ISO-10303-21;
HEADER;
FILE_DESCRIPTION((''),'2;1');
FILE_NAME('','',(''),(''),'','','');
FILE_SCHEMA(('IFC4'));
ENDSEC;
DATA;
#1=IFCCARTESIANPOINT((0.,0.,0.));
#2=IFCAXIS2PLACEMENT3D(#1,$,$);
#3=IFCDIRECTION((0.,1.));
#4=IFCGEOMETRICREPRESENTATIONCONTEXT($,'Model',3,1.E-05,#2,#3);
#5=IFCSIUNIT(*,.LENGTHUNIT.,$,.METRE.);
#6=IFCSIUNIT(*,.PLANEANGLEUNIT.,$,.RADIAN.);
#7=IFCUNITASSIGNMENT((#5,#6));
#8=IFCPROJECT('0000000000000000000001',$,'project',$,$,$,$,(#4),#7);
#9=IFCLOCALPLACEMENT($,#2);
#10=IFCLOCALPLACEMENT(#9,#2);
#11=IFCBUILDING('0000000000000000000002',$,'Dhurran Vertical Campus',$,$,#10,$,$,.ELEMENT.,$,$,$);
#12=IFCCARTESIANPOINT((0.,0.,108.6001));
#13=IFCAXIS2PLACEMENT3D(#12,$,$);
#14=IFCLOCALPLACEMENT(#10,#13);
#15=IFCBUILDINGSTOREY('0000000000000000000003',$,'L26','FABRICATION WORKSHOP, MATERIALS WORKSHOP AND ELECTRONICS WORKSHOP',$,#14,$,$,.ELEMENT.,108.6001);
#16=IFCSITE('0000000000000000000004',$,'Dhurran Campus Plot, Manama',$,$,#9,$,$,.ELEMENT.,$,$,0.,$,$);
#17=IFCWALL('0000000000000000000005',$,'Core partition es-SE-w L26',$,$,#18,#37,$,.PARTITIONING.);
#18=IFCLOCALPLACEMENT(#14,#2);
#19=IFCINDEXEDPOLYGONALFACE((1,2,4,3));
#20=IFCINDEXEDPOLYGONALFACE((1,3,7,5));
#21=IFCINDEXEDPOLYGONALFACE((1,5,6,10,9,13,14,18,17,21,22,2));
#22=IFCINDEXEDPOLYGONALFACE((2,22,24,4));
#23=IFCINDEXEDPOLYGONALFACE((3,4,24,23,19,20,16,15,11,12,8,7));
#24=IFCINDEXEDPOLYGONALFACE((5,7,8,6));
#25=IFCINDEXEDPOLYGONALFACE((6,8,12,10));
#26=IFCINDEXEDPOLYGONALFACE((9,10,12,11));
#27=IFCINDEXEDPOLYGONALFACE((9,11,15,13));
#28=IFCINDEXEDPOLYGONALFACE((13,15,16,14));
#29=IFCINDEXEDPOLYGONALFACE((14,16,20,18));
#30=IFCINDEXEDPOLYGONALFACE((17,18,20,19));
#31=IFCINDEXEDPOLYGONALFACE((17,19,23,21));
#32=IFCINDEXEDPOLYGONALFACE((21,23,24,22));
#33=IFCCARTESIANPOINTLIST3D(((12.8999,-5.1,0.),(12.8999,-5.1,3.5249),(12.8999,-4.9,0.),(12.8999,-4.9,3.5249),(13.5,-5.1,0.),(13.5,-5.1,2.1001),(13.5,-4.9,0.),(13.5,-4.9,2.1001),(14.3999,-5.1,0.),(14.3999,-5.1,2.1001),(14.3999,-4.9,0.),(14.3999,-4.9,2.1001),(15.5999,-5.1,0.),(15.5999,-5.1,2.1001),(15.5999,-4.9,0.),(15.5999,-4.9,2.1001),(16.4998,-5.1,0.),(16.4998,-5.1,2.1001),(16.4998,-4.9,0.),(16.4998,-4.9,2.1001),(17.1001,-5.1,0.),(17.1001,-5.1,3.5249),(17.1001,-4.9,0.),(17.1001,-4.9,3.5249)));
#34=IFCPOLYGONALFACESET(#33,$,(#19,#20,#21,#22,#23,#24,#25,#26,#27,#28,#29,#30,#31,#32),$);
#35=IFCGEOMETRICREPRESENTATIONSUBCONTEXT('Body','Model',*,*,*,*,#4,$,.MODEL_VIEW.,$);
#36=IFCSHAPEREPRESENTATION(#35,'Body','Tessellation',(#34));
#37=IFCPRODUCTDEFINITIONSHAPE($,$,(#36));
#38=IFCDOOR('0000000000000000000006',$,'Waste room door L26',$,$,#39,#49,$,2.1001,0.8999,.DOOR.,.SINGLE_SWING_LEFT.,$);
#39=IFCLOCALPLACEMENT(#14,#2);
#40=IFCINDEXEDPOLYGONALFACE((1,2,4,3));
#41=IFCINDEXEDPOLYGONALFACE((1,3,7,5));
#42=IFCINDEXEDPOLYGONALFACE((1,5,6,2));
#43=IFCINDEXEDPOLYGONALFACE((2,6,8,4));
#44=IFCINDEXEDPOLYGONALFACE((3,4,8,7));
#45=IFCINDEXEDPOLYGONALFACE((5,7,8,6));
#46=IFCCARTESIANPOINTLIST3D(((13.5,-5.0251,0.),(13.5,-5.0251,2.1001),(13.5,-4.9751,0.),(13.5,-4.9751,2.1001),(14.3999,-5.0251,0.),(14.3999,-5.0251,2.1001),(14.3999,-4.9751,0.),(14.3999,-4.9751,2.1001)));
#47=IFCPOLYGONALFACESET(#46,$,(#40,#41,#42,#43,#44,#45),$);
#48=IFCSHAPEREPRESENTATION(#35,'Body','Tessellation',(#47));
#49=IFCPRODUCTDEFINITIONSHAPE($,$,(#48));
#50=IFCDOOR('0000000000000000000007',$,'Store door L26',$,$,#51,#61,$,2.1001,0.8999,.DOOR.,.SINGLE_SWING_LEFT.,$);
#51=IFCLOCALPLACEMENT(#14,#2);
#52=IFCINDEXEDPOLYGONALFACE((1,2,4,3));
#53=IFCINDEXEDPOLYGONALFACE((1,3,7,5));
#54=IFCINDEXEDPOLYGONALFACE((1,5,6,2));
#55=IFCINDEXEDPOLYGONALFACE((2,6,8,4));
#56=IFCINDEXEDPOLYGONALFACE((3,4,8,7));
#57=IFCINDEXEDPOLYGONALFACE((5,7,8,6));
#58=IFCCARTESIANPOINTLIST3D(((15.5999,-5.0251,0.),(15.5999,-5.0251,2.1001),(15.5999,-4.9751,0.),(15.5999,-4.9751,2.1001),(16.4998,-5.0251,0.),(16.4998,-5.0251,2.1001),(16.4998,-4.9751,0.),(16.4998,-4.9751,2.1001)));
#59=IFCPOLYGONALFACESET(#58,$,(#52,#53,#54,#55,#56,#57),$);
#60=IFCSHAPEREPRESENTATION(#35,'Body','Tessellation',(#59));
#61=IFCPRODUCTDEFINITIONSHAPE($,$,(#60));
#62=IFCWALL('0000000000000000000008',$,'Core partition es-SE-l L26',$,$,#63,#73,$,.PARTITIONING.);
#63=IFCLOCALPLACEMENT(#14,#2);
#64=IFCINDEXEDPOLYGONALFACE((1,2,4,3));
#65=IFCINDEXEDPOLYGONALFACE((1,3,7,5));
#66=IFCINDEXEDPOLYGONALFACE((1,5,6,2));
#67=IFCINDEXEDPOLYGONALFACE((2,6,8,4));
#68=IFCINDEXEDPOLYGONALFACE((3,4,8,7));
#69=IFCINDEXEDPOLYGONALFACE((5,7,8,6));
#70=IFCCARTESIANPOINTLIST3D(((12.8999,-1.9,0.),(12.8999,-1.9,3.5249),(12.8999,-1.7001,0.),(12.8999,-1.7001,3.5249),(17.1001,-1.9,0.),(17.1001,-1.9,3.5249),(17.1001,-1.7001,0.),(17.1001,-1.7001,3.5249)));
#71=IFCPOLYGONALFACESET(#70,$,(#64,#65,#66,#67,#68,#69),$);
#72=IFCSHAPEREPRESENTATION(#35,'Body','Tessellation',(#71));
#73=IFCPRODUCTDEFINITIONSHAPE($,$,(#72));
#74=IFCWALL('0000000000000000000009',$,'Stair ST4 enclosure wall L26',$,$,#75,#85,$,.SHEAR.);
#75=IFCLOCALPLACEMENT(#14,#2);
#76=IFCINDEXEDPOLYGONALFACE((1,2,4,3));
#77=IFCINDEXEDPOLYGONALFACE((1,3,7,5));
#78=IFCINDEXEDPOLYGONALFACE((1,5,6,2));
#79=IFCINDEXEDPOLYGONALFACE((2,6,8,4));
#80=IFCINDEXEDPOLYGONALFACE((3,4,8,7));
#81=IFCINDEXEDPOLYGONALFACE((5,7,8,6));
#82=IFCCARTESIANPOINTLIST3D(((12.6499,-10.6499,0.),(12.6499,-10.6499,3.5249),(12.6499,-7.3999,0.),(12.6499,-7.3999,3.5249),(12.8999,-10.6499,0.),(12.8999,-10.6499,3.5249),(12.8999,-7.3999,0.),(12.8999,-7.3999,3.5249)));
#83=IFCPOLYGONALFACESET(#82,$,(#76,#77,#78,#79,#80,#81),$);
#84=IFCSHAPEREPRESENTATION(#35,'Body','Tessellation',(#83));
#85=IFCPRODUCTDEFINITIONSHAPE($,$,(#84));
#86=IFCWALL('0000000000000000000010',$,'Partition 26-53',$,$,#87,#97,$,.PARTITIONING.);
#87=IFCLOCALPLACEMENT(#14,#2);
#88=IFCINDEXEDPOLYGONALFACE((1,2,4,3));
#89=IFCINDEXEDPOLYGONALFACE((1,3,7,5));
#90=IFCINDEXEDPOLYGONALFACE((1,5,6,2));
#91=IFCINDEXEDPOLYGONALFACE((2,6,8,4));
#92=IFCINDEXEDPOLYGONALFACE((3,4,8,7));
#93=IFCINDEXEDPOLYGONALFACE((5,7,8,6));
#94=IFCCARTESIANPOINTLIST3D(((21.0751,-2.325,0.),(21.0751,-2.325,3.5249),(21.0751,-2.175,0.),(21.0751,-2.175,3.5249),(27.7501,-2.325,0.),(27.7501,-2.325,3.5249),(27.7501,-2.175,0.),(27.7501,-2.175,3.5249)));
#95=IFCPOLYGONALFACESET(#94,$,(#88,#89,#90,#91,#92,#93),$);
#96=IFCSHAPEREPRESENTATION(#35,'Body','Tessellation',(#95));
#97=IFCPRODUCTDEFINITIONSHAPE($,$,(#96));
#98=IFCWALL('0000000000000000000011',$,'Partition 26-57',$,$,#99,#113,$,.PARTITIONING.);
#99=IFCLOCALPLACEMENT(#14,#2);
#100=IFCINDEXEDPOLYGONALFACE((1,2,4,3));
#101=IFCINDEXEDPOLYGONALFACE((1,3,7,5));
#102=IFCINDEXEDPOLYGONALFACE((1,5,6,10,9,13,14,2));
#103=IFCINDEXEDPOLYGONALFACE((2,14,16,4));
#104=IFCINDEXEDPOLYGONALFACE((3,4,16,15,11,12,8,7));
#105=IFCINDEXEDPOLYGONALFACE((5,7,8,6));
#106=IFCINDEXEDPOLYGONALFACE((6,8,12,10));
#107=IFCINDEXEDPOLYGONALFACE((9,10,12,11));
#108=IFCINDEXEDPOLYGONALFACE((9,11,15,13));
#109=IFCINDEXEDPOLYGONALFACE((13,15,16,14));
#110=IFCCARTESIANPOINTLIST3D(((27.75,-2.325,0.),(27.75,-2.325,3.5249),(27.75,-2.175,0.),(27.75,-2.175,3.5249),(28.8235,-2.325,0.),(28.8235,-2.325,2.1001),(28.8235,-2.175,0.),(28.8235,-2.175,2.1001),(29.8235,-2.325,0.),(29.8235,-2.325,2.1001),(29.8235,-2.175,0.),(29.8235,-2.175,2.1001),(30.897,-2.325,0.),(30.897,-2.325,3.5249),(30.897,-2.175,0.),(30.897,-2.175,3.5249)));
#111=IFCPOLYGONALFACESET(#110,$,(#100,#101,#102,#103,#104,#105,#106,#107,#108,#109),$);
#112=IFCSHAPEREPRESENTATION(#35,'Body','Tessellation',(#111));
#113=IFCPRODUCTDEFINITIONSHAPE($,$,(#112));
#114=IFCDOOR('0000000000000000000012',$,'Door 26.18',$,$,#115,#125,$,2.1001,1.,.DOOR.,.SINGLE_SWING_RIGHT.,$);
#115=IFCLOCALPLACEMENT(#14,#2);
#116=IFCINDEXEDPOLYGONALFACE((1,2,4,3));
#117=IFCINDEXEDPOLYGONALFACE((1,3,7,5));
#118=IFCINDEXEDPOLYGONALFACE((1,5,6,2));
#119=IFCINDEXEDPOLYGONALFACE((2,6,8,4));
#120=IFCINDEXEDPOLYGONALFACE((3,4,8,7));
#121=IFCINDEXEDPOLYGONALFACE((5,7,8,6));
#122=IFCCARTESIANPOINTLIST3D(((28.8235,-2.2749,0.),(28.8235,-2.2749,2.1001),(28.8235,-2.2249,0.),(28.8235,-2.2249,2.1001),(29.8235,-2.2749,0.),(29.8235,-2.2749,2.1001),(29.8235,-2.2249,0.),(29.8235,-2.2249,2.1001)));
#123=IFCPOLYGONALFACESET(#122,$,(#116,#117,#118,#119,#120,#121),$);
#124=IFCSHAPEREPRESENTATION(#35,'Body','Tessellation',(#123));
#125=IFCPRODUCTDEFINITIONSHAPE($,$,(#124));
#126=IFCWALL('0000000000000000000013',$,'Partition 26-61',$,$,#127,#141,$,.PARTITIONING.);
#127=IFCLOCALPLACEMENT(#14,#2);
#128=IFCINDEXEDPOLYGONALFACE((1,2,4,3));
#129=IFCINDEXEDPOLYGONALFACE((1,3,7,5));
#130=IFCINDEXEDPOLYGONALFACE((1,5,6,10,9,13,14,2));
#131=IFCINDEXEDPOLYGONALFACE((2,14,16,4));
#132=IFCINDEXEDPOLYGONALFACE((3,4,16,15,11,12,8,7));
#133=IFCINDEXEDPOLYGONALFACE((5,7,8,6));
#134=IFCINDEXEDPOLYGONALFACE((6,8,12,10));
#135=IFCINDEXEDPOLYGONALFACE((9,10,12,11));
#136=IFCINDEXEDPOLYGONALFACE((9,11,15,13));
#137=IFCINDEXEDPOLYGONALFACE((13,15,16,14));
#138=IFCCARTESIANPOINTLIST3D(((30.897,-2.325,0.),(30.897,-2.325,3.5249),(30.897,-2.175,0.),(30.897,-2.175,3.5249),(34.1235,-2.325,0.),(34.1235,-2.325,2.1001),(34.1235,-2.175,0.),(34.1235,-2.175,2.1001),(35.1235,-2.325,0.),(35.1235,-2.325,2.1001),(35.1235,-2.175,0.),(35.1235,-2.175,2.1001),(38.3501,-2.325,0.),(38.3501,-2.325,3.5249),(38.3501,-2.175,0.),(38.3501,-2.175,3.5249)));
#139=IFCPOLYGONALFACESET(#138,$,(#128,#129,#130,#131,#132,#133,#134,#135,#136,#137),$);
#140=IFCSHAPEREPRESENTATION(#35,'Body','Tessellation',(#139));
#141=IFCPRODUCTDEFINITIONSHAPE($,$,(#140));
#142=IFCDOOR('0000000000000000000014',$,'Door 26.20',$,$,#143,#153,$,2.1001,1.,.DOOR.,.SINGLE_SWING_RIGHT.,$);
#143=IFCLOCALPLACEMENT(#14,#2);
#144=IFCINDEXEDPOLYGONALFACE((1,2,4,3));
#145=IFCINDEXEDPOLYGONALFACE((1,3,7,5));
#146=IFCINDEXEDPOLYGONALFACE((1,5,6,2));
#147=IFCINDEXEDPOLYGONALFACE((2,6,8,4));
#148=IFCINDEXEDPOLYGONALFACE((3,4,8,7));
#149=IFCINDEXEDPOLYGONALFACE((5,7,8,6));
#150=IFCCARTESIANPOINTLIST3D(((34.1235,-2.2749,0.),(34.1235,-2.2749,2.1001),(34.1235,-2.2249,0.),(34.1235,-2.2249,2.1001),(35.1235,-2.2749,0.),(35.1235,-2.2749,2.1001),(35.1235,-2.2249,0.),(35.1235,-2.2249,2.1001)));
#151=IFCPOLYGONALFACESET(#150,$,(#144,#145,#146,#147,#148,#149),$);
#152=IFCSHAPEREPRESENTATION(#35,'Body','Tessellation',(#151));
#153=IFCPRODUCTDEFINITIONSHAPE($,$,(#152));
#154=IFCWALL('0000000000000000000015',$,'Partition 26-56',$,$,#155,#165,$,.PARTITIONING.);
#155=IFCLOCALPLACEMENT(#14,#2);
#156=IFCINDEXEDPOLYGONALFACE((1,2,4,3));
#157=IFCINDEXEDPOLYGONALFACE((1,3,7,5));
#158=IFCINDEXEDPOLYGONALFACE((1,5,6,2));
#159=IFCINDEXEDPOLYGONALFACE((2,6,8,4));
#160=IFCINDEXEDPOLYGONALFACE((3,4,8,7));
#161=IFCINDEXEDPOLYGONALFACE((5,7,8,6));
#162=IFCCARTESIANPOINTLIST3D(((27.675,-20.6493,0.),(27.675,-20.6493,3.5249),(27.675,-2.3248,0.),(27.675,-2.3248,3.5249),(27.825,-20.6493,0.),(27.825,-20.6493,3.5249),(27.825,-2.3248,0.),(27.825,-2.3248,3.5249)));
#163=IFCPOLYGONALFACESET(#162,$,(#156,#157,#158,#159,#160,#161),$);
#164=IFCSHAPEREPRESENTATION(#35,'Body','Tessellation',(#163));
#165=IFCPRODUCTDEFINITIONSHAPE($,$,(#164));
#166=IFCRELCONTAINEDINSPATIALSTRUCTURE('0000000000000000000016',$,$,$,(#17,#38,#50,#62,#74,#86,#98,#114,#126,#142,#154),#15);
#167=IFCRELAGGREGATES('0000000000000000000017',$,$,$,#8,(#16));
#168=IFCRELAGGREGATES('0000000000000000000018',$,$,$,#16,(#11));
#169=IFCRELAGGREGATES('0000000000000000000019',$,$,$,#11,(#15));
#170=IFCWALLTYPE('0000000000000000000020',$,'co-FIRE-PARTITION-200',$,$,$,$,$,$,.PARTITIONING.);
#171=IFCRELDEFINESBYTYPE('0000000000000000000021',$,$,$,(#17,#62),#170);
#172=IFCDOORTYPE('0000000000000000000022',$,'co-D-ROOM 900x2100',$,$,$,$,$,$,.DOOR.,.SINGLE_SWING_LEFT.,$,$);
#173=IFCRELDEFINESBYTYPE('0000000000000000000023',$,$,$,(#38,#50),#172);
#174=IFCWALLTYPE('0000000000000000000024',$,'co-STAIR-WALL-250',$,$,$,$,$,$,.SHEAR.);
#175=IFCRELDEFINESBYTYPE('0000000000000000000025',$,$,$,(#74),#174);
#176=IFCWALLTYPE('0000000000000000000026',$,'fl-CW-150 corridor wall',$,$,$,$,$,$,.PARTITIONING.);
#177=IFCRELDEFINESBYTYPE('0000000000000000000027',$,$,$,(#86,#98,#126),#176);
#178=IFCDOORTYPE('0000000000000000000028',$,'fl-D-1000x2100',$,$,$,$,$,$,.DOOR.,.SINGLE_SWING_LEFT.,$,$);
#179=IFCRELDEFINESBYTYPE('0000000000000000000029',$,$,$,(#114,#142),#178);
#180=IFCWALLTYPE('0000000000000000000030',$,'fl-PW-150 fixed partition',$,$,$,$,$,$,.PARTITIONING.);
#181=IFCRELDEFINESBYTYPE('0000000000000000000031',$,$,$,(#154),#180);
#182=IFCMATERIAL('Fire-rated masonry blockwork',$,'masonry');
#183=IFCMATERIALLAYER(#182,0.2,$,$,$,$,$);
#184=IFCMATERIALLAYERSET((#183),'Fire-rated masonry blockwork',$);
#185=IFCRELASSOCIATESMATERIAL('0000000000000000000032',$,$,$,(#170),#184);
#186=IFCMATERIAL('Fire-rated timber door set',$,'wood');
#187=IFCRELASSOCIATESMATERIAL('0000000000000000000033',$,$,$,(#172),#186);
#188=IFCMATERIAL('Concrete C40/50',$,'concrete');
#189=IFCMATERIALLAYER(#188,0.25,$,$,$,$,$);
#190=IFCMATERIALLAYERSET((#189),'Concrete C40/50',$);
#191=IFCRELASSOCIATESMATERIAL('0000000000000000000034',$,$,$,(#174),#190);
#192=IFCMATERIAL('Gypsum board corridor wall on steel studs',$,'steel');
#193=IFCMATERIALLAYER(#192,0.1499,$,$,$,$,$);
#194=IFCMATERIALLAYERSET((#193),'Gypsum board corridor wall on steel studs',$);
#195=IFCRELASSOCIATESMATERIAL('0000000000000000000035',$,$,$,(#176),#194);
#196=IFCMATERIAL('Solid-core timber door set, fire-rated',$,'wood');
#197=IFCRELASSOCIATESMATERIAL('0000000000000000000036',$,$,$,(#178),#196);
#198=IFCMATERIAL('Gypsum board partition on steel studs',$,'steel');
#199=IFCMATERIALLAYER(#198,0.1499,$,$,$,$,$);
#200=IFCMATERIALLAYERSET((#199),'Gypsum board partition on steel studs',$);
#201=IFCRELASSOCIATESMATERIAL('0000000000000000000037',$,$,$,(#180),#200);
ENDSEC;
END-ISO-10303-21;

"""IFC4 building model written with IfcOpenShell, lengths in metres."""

from ifc_helpers import new_model, si_unit, direction, frame, frame_2d, origin, place, context, subcontext, project, spatial, rectangle, extrude, material, layer, layer_set, type_object, element, fill, save


model = new_model("IFC4")

# Units and contexts
model_context = context("Model", 3, precision=1e-05, world=origin(), true_north=direction((0.0, 1.0)))
body_context = subcontext(model_context, "Body", "Model", "MODEL_VIEW")
ifc_project = project(units=[si_unit("LENGTHUNIT", "METRE"), si_unit("PLANEANGLEUNIT", "RADIAN")], contexts=[model_context])

# Site, building, storey
site_placement = place(None, origin())
site = spatial("IfcSite", under=ifc_project, at=site_placement, Name="Dhurran Campus Plot, Manama", CompositionType="ELEMENT", RefElevation=0.0)
building_placement = place(site_placement, origin())
building = spatial("IfcBuilding", under=site, at=building_placement, Name="Dhurran Vertical Campus", CompositionType="ELEMENT")
storey_placement = place(building_placement, frame((0.0, 0.0, 108.6001)))
storey = spatial("IfcBuildingStorey", under=building, at=storey_placement, Name="L26", Description="FABRICATION WORKSHOP, MATERIALS WORKSHOP AND ELECTRONICS WORKSHOP", CompositionType="ELEMENT", Elevation=108.6001)

# Shared definitions
ifc_material_1 = material(Name="Fire-rated masonry blockwork", Category="masonry")
ifc_layer_1 = layer(ifc_material_1, 0.2)
ifc_layer_set_1 = layer_set([ifc_layer_1], Name="Fire-rated masonry blockwork")
wall_type_1 = type_object("IfcWallType", Name="co-FIRE-PARTITION-200", PredefinedType="PARTITIONING", material=ifc_layer_set_1)

# Shared definitions
ifc_material_2 = material(Name="Fire-rated timber door set", Category="wood")
door_type_1 = type_object("IfcDoorType", Name="co-D-ROOM 900x2100", OperationType="SINGLE_SWING_LEFT", PredefinedType="DOOR", material=ifc_material_2)

# Wall, openings, doors
wall_1_placement = place(storey_placement, frame((12.8999, -5.0, 0.0), z_axis=(0.0, 0.0, 1.0), x_axis=(1.0, 0.0, 0.0)))
wall_1 = element("IfcWall", 1, at=wall_1_placement, inside=storey, type_object=wall_type_1, Name="Core partition es-SE-w L26", PredefinedType="PARTITIONING", context=body_context, shape_type="SweptSolid", body=[
    extrude(rectangle(XDim=4.2002, YDim=0.2, at=frame_2d((2.1001, 0.0))), origin(), (0.0, 0.0, 1.0), 3.5249),
])
opening_1_placement = place(wall_1_placement, frame((0.6001, 0.0, 0.0)))
opening_1 = element("IfcOpeningElement", 2, at=opening_1_placement, cuts=wall_1, PredefinedType="OPENING", context=body_context, shape_type="SweptSolid", body=[
    extrude(rectangle(XDim=0.8999, YDim=2.1001, at=frame_2d((0.45, 1.05))), frame((0.0, 0.1099, 0.0), z_axis=(0.0, -1.0, 0.0), x_axis=(1.0, 0.0, 0.0)), (0.0, 0.0, 1.0), 0.22),
])
opening_2_placement = place(wall_1_placement, frame((2.7, 0.0, 0.0)))
opening_2 = element("IfcOpeningElement", 3, at=opening_2_placement, cuts=wall_1, PredefinedType="OPENING", context=body_context, shape_type="SweptSolid", body=[
    extrude(rectangle(XDim=0.8999, YDim=2.1001, at=frame_2d((0.45, 1.05))), frame((0.0, 0.1099, 0.0), z_axis=(0.0, -1.0, 0.0), x_axis=(1.0, 0.0, 0.0)), (0.0, 0.0, 1.0), 0.22),
])
door_1_placement = place(opening_1_placement, origin())
door_1 = element("IfcDoor", 4, at=door_1_placement, inside=storey, type_object=door_type_1, Name="Waste room door L26", OperationType="SINGLE_SWING_LEFT", OverallHeight=2.1001, OverallWidth=0.8999, PredefinedType="DOOR", context=body_context, shape_type="SweptSolid", body=[
    extrude(rectangle(XDim=0.8999, YDim=2.1001, at=frame_2d((0.45, 1.05))), frame((0.0, 0.0249, 0.0), z_axis=(0.0, -1.0, 0.0), x_axis=(1.0, 0.0, 0.0)), (0.0, 0.0, 1.0), 0.05),
])
fill(opening_1, door_1)
door_2_placement = place(opening_2_placement, origin())
door_2 = element("IfcDoor", 5, at=door_2_placement, inside=storey, type_object=door_type_1, Name="Store door L26", OperationType="SINGLE_SWING_LEFT", OverallHeight=2.1001, OverallWidth=0.8999, PredefinedType="DOOR", context=body_context, shape_type="SweptSolid", body=[
    extrude(rectangle(XDim=0.8999, YDim=2.1001, at=frame_2d((0.45, 1.05))), frame((0.0, 0.0249, 0.0), z_axis=(0.0, -1.0, 0.0), x_axis=(1.0, 0.0, 0.0)), (0.0, 0.0, 1.0), 0.05),
])
fill(opening_2, door_2)

# Walls
wall_2_placement = place(storey_placement, frame((12.8999, -1.8, 0.0), z_axis=(0.0, 0.0, 1.0), x_axis=(1.0, 0.0, 0.0)))
element("IfcWall", 6, at=wall_2_placement, inside=storey, type_object=wall_type_1, Name="Core partition es-SE-l L26", PredefinedType="PARTITIONING", context=body_context, shape_type="SweptSolid", body=[
    extrude(rectangle(XDim=4.2002, YDim=0.2, at=frame_2d((2.1001, 0.0))), origin(), (0.0, 0.0, 1.0), 3.5249),
])
ifc_material_3 = material(Name="Concrete C40/50", Category="concrete")
ifc_layer_2 = layer(ifc_material_3, 0.25)
ifc_layer_set_2 = layer_set([ifc_layer_2], Name="Concrete C40/50")
wall_type_2 = type_object("IfcWallType", Name="co-STAIR-WALL-250", PredefinedType="SHEAR", material=ifc_layer_set_2)
wall_3_placement = place(storey_placement, frame((12.7749, -10.6499, 0.0), z_axis=(0.0, 0.0, 1.0), x_axis=(0.0, 1.0, 0.0)))
element("IfcWall", 7, at=wall_3_placement, inside=storey, type_object=wall_type_2, Name="Stair ST4 enclosure wall L26", PredefinedType="SHEAR", context=body_context, shape_type="SweptSolid", body=[
    extrude(rectangle(XDim=3.25, YDim=0.25, at=frame_2d((1.625, 0.0))), origin(), (0.0, 0.0, 1.0), 3.5249),
])
ifc_material_4 = material(Name="Gypsum board corridor wall on steel studs", Category="steel")
ifc_layer_3 = layer(ifc_material_4, 0.1499)
ifc_layer_set_3 = layer_set([ifc_layer_3], Name="Gypsum board corridor wall on steel studs")
wall_type_3 = type_object("IfcWallType", Name="fl-CW-150 corridor wall", PredefinedType="PARTITIONING", material=ifc_layer_set_3)
wall_4_placement = place(storey_placement, frame((27.75, -2.25, 0.0), z_axis=(0.0, 0.0, 1.0), x_axis=(-1.0, 0.0, 0.0)))
element("IfcWall", 8, at=wall_4_placement, inside=storey, type_object=wall_type_3, Name="Partition 26-53", PredefinedType="PARTITIONING", context=body_context, shape_type="SweptSolid", body=[
    extrude(rectangle(XDim=6.675, YDim=0.1499, at=frame_2d((3.3374, 0.0))), origin(), (0.0, 0.0, 1.0), 3.5249),
])

# Walls, openings, doors
wall_5_placement = place(storey_placement, frame((30.897, -2.25, 0.0), z_axis=(0.0, 0.0, 1.0), x_axis=(-1.0, 0.0, 0.0)))
wall_5 = element("IfcWall", 9, at=wall_5_placement, inside=storey, type_object=wall_type_3, Name="Partition 26-57", PredefinedType="PARTITIONING", context=body_context, shape_type="SweptSolid", body=[
    extrude(rectangle(XDim=3.147, YDim=0.1499, at=frame_2d((1.5735, 0.0))), origin(), (0.0, 0.0, 1.0), 3.5249),
])
opening_3_placement = place(wall_5_placement, frame((1.0735, 0.0, 0.0)))
opening_3 = element("IfcOpeningElement", 10, at=opening_3_placement, cuts=wall_5, PredefinedType="OPENING", context=body_context, shape_type="SweptSolid", body=[
    extrude(rectangle(XDim=1.0, YDim=2.1001, at=frame_2d((0.5, 1.05))), frame((0.0, 0.085, 0.0), z_axis=(0.0, -1.0, 0.0), x_axis=(1.0, 0.0, 0.0)), (0.0, 0.0, 1.0), 0.1699),
])
ifc_material_5 = material(Name="Solid-core timber door set, fire-rated", Category="wood")
door_type_2 = type_object("IfcDoorType", Name="fl-D-1000x2100", OperationType="SINGLE_SWING_LEFT", PredefinedType="DOOR", material=ifc_material_5)
door_3_placement = place(opening_3_placement, origin())
door_3 = element("IfcDoor", 11, at=door_3_placement, inside=storey, type_object=door_type_2, Name="Door 26.18", OperationType="SINGLE_SWING_RIGHT", OverallHeight=2.1001, OverallWidth=1.0, PredefinedType="DOOR", context=body_context, shape_type="SweptSolid", body=[
    extrude(rectangle(XDim=1.0, YDim=2.1001, at=frame_2d((0.5, 1.05))), frame((0.0, 0.0249, 0.0), z_axis=(0.0, -1.0, 0.0), x_axis=(1.0, 0.0, 0.0)), (0.0, 0.0, 1.0), 0.05),
])
fill(opening_3, door_3)
wall_6_placement = place(storey_placement, frame((38.3501, -2.25, 0.0), z_axis=(0.0, 0.0, 1.0), x_axis=(-1.0, 0.0, 0.0)))
wall_6 = element("IfcWall", 12, at=wall_6_placement, inside=storey, type_object=wall_type_3, Name="Partition 26-61", PredefinedType="PARTITIONING", context=body_context, shape_type="SweptSolid", body=[
    extrude(rectangle(XDim=7.4531, YDim=0.1499, at=frame_2d((3.7266, 0.0))), origin(), (0.0, 0.0, 1.0), 3.5249),
])
opening_4_placement = place(wall_6_placement, frame((3.2266, 0.0, 0.0)))
opening_4 = element("IfcOpeningElement", 13, at=opening_4_placement, cuts=wall_6, PredefinedType="OPENING", context=body_context, shape_type="SweptSolid", body=[
    extrude(rectangle(XDim=1.0, YDim=2.1001, at=frame_2d((0.5, 1.05))), frame((0.0, 0.085, 0.0), z_axis=(0.0, -1.0, 0.0), x_axis=(1.0, 0.0, 0.0)), (0.0, 0.0, 1.0), 0.1699),
])
door_4_placement = place(opening_4_placement, origin())
door_4 = element("IfcDoor", 14, at=door_4_placement, inside=storey, type_object=door_type_2, Name="Door 26.20", OperationType="SINGLE_SWING_RIGHT", OverallHeight=2.1001, OverallWidth=1.0, PredefinedType="DOOR", context=body_context, shape_type="SweptSolid", body=[
    extrude(rectangle(XDim=1.0, YDim=2.1001, at=frame_2d((0.5, 1.05))), frame((0.0, 0.0249, 0.0), z_axis=(0.0, -1.0, 0.0), x_axis=(1.0, 0.0, 0.0)), (0.0, 0.0, 1.0), 0.05),
])
fill(opening_4, door_4)

# Wall
ifc_material_6 = material(Name="Gypsum board partition on steel studs", Category="steel")
ifc_layer_4 = layer(ifc_material_6, 0.1499)
ifc_layer_set_4 = layer_set([ifc_layer_4], Name="Gypsum board partition on steel studs")
wall_type_4 = type_object("IfcWallType", Name="fl-PW-150 fixed partition", PredefinedType="PARTITIONING", material=ifc_layer_set_4)
wall_7_placement = place(storey_placement, frame((27.75, -2.325, 0.0), z_axis=(0.0, 0.0, 1.0), x_axis=(0.0, -1.0, 0.0)))
element("IfcWall", 15, at=wall_7_placement, inside=storey, type_object=wall_type_4, Name="Partition 26-56", PredefinedType="PARTITIONING", context=body_context, shape_type="SweptSolid", body=[
    extrude(rectangle(XDim=18.3245, YDim=0.1499, at=frame_2d((9.1621, 0.0))), origin(), (0.0, 0.0, 1.0), 3.5249),
])

save(model, "model.ifc")
